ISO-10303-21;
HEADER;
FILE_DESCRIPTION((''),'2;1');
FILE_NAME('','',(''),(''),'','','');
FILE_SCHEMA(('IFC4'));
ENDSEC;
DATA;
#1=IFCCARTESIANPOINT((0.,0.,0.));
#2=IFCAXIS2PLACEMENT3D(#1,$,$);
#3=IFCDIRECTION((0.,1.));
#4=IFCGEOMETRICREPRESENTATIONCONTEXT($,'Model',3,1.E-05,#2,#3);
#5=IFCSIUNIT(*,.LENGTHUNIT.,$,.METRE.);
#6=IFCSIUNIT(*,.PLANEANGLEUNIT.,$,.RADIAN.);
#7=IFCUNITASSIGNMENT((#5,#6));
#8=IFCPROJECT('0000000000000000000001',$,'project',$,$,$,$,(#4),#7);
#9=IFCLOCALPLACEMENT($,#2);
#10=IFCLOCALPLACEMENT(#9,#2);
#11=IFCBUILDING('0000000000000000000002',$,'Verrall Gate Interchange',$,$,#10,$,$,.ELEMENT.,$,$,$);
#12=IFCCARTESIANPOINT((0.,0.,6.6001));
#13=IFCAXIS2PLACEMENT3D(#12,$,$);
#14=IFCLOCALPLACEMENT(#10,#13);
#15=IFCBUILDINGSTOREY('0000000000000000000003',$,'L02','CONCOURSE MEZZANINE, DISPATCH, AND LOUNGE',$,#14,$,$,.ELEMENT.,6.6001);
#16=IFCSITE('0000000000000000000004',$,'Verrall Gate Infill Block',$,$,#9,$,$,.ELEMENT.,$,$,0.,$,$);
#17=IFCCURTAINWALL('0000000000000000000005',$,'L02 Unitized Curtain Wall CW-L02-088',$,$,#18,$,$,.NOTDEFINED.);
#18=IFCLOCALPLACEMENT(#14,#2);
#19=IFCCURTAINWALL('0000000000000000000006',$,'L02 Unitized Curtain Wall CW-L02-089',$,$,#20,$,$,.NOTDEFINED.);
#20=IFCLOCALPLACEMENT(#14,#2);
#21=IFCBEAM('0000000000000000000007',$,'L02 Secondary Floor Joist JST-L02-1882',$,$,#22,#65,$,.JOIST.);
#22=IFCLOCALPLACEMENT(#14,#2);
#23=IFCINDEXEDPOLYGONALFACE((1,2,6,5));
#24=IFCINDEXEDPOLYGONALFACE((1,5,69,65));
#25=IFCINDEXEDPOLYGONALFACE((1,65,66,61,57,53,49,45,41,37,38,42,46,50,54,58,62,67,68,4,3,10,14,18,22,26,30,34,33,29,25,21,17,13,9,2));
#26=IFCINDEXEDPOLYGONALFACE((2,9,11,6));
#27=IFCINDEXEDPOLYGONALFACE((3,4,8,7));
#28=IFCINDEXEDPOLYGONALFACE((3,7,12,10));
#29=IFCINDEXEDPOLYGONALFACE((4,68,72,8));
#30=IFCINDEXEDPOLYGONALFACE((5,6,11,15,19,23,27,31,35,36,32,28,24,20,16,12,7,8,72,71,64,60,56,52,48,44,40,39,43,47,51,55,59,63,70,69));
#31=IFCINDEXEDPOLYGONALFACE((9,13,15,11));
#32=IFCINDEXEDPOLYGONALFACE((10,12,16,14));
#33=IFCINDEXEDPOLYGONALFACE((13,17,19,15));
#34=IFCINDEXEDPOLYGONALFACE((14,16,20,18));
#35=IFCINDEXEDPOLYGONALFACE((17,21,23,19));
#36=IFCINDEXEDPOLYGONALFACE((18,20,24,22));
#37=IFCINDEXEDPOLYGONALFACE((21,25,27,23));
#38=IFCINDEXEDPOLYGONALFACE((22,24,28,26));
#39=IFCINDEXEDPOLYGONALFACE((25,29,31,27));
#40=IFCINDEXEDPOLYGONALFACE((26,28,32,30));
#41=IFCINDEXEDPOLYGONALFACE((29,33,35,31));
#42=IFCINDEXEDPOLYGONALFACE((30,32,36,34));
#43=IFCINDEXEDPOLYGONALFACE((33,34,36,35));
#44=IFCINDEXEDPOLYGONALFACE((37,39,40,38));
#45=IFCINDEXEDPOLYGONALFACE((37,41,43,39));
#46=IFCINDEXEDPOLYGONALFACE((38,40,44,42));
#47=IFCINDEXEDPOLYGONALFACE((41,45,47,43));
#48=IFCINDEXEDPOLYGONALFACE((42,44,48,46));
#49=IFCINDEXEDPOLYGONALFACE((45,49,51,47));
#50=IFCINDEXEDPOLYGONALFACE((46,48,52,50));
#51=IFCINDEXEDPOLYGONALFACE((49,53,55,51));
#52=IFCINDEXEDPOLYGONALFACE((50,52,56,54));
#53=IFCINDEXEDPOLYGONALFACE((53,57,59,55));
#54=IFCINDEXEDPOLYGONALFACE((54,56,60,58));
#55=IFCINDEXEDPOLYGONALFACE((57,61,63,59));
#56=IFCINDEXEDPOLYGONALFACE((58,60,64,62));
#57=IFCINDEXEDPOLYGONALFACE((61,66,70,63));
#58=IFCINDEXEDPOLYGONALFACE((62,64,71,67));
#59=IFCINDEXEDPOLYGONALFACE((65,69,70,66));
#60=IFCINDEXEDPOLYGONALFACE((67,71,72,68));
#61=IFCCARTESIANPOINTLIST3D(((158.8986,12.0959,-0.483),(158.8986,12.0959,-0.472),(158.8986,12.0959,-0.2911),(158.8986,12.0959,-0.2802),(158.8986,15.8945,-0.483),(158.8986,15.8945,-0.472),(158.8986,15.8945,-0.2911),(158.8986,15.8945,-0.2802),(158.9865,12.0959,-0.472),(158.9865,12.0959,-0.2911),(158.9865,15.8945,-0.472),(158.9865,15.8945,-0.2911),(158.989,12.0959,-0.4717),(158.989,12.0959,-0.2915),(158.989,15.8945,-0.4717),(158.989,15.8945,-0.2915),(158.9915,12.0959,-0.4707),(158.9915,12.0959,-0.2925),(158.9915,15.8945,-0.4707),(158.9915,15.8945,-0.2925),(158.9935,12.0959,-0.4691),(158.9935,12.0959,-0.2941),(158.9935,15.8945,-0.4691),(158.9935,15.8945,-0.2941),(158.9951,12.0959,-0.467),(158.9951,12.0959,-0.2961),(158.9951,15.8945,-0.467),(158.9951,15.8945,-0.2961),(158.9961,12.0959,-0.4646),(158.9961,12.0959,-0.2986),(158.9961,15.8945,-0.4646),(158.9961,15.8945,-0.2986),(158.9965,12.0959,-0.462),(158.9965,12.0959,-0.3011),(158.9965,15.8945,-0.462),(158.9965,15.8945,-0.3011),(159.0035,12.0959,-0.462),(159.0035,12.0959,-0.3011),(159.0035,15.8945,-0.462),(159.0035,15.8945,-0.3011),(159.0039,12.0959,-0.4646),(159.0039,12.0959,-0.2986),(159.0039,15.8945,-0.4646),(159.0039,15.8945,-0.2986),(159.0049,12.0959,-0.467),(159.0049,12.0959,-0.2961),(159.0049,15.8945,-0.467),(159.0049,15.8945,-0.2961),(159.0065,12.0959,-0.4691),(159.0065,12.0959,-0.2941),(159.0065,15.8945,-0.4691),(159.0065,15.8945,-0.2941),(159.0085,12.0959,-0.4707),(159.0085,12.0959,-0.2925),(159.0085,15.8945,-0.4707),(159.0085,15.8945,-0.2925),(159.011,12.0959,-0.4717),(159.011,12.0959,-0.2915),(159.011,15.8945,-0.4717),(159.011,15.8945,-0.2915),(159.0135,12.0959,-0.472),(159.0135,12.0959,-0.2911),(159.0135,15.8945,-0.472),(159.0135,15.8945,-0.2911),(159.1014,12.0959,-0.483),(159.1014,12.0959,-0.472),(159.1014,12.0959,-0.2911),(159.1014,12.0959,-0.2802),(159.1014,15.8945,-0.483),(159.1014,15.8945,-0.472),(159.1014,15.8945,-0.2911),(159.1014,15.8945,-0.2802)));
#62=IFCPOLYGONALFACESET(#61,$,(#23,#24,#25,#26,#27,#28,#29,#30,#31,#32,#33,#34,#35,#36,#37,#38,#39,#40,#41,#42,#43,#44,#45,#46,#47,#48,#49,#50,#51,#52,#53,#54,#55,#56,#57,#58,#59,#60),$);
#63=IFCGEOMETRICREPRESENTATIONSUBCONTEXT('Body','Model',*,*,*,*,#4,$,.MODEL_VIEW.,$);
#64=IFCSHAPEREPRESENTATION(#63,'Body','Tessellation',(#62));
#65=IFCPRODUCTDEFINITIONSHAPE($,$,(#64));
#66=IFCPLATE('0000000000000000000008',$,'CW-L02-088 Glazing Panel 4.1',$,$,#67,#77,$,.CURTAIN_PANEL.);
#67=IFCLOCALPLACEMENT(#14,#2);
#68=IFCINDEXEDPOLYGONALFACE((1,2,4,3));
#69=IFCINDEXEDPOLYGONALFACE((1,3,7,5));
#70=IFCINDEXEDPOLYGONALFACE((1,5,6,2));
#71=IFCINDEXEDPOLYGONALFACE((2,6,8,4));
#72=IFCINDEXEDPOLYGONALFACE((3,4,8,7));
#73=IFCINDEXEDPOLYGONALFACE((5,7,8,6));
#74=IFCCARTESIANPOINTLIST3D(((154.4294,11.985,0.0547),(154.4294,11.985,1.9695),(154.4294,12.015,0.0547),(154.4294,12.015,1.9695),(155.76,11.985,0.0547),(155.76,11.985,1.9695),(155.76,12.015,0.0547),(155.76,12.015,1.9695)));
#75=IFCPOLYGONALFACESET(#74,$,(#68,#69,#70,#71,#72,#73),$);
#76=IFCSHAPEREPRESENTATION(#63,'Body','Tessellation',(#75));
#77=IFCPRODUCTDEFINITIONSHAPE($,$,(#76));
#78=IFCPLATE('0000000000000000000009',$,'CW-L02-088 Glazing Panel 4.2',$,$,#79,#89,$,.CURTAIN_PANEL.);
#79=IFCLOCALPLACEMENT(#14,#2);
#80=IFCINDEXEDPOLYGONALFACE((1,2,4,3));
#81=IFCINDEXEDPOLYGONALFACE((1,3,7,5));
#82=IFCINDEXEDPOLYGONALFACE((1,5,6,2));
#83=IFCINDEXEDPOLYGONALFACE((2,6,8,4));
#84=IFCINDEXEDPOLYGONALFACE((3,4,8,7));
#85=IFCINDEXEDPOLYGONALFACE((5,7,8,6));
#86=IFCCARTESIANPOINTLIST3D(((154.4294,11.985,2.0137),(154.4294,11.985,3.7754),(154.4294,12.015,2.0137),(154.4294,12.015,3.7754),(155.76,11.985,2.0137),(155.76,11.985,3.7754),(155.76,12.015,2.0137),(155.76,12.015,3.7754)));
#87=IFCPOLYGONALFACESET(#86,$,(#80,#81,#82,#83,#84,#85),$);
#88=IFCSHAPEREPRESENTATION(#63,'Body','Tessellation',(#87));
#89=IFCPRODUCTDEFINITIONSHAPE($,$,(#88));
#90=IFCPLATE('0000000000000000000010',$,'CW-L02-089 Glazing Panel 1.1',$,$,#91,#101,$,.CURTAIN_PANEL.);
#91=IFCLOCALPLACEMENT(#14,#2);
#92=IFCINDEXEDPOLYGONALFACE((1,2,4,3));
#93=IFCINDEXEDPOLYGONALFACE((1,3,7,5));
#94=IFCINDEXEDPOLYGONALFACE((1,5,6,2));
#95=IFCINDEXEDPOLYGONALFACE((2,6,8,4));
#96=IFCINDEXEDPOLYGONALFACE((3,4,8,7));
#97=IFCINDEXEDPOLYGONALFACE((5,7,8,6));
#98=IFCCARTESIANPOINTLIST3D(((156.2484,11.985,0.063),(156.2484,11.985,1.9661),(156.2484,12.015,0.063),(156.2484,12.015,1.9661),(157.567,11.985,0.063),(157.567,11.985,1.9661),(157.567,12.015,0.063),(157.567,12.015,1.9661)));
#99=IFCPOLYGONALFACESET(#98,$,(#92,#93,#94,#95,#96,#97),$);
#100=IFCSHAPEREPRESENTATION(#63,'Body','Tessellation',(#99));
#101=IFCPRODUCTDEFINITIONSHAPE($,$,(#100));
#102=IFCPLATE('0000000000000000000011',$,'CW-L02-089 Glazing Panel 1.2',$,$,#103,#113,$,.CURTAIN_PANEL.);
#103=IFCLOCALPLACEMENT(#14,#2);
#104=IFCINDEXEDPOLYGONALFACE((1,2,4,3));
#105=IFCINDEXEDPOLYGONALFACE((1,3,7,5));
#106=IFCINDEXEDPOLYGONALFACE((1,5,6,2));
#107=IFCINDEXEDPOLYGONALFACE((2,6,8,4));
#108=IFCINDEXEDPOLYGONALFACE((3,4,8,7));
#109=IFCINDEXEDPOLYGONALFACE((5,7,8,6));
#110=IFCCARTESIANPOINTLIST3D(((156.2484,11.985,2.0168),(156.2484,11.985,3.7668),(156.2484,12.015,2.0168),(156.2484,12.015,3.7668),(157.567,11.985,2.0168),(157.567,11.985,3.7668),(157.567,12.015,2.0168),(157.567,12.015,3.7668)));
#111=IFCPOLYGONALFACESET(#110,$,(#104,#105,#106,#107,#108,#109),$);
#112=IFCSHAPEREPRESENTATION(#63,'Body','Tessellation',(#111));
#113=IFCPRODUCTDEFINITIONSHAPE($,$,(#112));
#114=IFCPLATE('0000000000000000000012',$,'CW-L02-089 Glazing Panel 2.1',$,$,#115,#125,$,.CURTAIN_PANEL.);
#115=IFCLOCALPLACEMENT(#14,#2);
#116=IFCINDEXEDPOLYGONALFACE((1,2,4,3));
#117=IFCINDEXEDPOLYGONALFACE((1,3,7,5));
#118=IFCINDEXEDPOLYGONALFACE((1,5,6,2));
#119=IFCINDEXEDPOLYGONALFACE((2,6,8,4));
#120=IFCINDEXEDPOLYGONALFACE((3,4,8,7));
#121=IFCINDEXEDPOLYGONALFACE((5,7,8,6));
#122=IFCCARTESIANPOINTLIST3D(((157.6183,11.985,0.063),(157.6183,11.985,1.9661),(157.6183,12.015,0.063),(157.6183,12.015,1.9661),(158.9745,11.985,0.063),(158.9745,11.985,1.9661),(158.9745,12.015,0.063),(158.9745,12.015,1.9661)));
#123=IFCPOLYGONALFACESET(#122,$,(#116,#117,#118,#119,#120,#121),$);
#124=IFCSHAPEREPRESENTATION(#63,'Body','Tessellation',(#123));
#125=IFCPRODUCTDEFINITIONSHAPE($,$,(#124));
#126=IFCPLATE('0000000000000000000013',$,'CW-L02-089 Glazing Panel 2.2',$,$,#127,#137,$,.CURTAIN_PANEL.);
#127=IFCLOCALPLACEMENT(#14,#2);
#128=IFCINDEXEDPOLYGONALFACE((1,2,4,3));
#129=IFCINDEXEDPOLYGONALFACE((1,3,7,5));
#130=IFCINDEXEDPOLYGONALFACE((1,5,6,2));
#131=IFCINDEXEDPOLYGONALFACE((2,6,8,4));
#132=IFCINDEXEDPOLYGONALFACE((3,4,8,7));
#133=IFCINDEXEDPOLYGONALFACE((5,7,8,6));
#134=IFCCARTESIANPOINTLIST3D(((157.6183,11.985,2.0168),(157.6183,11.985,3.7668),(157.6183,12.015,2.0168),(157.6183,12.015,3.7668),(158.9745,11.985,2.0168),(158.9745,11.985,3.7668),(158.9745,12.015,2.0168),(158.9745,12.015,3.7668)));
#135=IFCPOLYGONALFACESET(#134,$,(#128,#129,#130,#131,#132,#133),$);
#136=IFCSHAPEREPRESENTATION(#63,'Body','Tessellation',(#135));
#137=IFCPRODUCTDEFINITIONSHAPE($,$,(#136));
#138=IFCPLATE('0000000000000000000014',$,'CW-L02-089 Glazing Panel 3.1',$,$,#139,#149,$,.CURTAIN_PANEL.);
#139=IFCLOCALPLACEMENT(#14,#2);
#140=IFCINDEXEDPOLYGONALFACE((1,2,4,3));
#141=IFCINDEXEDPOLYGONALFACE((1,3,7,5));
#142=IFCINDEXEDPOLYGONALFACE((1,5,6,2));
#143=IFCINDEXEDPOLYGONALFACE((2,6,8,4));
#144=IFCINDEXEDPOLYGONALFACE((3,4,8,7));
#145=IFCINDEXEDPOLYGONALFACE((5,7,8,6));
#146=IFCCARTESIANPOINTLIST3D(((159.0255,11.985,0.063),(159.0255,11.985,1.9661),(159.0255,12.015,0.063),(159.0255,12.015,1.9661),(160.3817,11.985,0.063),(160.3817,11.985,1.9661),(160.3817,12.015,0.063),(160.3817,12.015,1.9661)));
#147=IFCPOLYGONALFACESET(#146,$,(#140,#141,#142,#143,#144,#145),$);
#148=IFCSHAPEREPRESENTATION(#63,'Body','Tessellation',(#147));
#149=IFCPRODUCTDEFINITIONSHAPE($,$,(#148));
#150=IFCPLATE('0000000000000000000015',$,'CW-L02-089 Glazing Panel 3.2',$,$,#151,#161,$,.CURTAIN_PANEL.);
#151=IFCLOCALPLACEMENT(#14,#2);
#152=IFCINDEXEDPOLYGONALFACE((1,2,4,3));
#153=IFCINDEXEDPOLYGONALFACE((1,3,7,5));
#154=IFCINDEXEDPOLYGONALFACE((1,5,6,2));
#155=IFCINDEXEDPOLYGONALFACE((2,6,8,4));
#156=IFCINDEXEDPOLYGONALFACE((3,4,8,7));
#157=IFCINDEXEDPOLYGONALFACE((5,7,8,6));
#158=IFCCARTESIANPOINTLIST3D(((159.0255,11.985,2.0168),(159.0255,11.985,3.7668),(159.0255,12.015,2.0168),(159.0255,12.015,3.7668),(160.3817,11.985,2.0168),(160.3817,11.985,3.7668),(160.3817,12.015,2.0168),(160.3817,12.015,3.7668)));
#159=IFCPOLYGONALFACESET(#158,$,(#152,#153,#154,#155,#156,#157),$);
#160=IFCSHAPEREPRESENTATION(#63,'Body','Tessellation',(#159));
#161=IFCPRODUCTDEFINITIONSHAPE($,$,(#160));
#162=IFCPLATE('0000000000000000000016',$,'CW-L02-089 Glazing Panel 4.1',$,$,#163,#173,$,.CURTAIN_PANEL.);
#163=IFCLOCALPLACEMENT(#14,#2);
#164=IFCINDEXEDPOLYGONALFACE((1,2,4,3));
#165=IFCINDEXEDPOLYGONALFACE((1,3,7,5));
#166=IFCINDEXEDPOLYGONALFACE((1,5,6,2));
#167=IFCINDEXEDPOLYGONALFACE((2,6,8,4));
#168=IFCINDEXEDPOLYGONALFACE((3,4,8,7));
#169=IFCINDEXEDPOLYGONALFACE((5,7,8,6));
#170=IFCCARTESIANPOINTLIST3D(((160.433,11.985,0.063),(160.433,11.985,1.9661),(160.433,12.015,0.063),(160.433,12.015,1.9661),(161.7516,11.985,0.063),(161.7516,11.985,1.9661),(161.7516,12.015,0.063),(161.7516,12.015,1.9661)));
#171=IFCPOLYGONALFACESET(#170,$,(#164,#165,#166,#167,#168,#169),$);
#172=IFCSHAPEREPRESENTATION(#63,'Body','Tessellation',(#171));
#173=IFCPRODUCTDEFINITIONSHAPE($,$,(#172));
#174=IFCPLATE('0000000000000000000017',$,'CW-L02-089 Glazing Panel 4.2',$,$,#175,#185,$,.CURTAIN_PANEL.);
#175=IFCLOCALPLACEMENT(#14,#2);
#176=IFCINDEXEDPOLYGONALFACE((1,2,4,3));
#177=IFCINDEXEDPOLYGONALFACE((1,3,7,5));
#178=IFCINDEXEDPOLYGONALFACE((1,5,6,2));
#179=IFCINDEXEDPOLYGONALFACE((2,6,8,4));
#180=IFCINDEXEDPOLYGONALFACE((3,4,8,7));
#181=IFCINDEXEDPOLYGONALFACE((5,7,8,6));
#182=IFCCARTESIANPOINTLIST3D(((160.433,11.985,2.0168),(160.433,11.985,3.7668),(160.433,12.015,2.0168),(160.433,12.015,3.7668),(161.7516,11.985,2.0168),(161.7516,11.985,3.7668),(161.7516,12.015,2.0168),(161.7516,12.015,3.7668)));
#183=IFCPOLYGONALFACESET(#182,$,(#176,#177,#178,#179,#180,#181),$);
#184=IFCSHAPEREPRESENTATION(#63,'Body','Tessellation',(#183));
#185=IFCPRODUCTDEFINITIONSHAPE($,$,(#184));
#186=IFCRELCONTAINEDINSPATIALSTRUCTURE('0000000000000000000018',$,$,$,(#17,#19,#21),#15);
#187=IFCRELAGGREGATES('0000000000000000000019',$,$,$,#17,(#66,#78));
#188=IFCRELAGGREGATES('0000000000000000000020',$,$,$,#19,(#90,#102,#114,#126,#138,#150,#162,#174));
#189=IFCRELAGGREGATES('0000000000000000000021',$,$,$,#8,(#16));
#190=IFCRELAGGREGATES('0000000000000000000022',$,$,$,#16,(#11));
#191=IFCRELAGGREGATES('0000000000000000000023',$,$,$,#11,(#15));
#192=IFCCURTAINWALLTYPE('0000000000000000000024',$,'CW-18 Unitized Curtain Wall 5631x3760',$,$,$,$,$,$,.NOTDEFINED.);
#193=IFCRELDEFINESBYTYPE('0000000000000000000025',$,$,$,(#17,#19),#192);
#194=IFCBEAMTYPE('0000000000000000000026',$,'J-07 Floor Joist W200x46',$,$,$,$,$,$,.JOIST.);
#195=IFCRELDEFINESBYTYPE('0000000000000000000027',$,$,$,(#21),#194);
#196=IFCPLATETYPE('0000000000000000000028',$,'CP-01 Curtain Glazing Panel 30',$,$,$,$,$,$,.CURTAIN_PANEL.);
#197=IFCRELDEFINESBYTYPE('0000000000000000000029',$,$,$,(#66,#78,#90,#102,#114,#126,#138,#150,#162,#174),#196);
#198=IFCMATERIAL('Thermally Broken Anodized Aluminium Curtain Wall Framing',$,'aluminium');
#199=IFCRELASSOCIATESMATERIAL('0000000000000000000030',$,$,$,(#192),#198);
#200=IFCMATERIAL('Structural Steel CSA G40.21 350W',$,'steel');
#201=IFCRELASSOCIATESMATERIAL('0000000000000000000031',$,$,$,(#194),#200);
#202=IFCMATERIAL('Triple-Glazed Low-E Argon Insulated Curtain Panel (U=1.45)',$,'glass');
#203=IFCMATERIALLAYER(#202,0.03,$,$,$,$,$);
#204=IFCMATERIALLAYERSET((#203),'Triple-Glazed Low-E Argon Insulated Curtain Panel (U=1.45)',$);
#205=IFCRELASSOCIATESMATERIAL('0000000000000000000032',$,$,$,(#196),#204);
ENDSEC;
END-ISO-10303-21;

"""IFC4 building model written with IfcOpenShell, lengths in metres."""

from ifc_helpers import new_model, si_unit, direction, frame, origin, origin_2d, place, context, subcontext, project, spatial, rectangle, i_section, extrude, material, layer, layer_set, material_profile, profile_set, type_object, element, aggregate, save


model = new_model("IFC4")

# Units and contexts
model_context = context("Model", 3, precision=1e-05, world=origin(), true_north=direction((0.0, 1.0)))
body_context = subcontext(model_context, "Body", "Model", "MODEL_VIEW")
ifc_project = project(units=[si_unit("LENGTHUNIT", "METRE"), si_unit("PLANEANGLEUNIT", "RADIAN")], contexts=[model_context])

# Site, building, storey
site_placement = place(None, origin())
site = spatial("IfcSite", under=ifc_project, at=site_placement, Name="Verrall Gate Infill Block", CompositionType="ELEMENT", RefElevation=0.0)
building_placement = place(site_placement, origin())
building = spatial("IfcBuilding", under=site, at=building_placement, Name="Verrall Gate Interchange", CompositionType="ELEMENT")
storey_placement = place(building_placement, frame((0.0, 0.0, 6.6001)))
storey = spatial("IfcBuildingStorey", under=building, at=storey_placement, Name="L02", Description="CONCOURSE MEZZANINE, DISPATCH, AND LOUNGE", CompositionType="ELEMENT", Elevation=6.6001)

# Curtain walls
ifc_material_1 = material(Name="Thermally Broken Anodized Aluminium Curtain Wall Framing", Category="aluminium")
curtain_wall_type_1 = type_object("IfcCurtainWallType", Name="CW-18 Unitized Curtain Wall 5631x3760", PredefinedType="NOTDEFINED", material=ifc_material_1)
curtain_wall_1_placement = place(storey_placement, origin())
curtain_wall_1 = element("IfcCurtainWall", 1, at=curtain_wall_1_placement, inside=storey, type_object=curtain_wall_type_1, Name="L02 Unitized Curtain Wall CW-L02-088", PredefinedType="NOTDEFINED")
curtain_wall_2_placement = place(storey_placement, origin())
curtain_wall_2 = element("IfcCurtainWall", 2, at=curtain_wall_2_placement, inside=storey, type_object=curtain_wall_type_1, Name="L02 Unitized Curtain Wall CW-L02-089", PredefinedType="NOTDEFINED")

# Beam
ifc_material_2 = material(Name="Structural Steel CSA G40.21 350W", Category="steel")
ifc_material_profile_1 = material_profile(ifc_material_2, i_section(OverallWidth=0.2029, OverallDepth=0.2029, WebThickness=0.0071, FlangeThickness=0.011, FilletRadius=0.01, at=origin_2d()), Name="W200x46")
ifc_profile_set_1 = profile_set([ifc_material_profile_1], Name="Structural Steel CSA G40.21 350W")
beam_type_1 = type_object("IfcBeamType", Name="J-07 Floor Joist W200x46", PredefinedType="JOIST", material=ifc_profile_set_1)
beam_1_placement = place(storey_placement, frame((159.0, 12.0959, -0.3816), z_axis=(0.0, 1.0, 0.0), x_axis=(-1.0, 0.0, 0.0)))
element("IfcBeam", 3, at=beam_1_placement, inside=storey, type_object=beam_type_1, Name="L02 Secondary Floor Joist JST-L02-1882", PredefinedType="JOIST", context=body_context, shape_type="SweptSolid", body=[
    extrude(i_section(OverallWidth=0.2029, OverallDepth=0.2029, WebThickness=0.0071, FlangeThickness=0.011, FilletRadius=0.01, at=origin_2d()), origin(), (0.0, 0.0, 1.0), 3.7986),
])

# Plates
ifc_material_3 = material(Name="Triple-Glazed Low-E Argon Insulated Curtain Panel (U=1.45)", Category="glass")
ifc_layer = layer(ifc_material_3, 0.03)
ifc_layer_set = layer_set([ifc_layer], Name="Triple-Glazed Low-E Argon Insulated Curtain Panel (U=1.45)")
plate_type = type_object("IfcPlateType", Name="CP-01 Curtain Glazing Panel 30", PredefinedType="CURTAIN_PANEL", material=ifc_layer_set)
plate_1_placement = place(storey_placement, frame((155.0947, 12.0, 0.0547), z_axis=(0.0, 0.0, 1.0), x_axis=(1.0, 0.0, 0.0)))
plate_1 = element("IfcPlate", 4, at=plate_1_placement, type_object=plate_type, Name="CW-L02-088 Glazing Panel 4.1", PredefinedType="CURTAIN_PANEL", context=body_context, shape_type="SweptSolid", body=[
    extrude(rectangle(XDim=1.3306, YDim=0.03, at=origin_2d()), origin(), (0.0, 0.0, 1.0), 1.9148),
])
plate_2_placement = place(storey_placement, frame((155.0947, 12.0, 2.0137), z_axis=(0.0, 0.0, 1.0), x_axis=(1.0, 0.0, 0.0)))
plate_2 = element("IfcPlate", 5, at=plate_2_placement, type_object=plate_type, Name="CW-L02-088 Glazing Panel 4.2", PredefinedType="CURTAIN_PANEL", context=body_context, shape_type="SweptSolid", body=[
    extrude(rectangle(XDim=1.3306, YDim=0.03, at=origin_2d()), origin(), (0.0, 0.0, 1.0), 1.7617),
])
aggregate(curtain_wall_1, [plate_1, plate_2])
plate_3_placement = place(storey_placement, frame((156.9077, 12.0, 0.063), z_axis=(0.0, 0.0, 1.0), x_axis=(1.0, 0.0, 0.0)))
plate_3 = element("IfcPlate", 6, at=plate_3_placement, type_object=plate_type, Name="CW-L02-089 Glazing Panel 1.1", PredefinedType="CURTAIN_PANEL", context=body_context, shape_type="SweptSolid", body=[
    extrude(rectangle(XDim=1.3186, YDim=0.03, at=origin_2d()), origin(), (0.0, 0.0, 1.0), 1.9031),
])
plate_4_placement = place(storey_placement, frame((156.9077, 12.0, 2.0168), z_axis=(0.0, 0.0, 1.0), x_axis=(1.0, 0.0, 0.0)))
plate_4 = element("IfcPlate", 7, at=plate_4_placement, type_object=plate_type, Name="CW-L02-089 Glazing Panel 1.2", PredefinedType="CURTAIN_PANEL", context=body_context, shape_type="SweptSolid", body=[
    extrude(rectangle(XDim=1.3186, YDim=0.03, at=origin_2d()), origin(), (0.0, 0.0, 1.0), 1.75),
])
plate_5_placement = place(storey_placement, frame((158.2964, 12.0, 0.063), z_axis=(0.0, 0.0, 1.0), x_axis=(1.0, 0.0, 0.0)))
plate_5 = element("IfcPlate", 8, at=plate_5_placement, type_object=plate_type, Name="CW-L02-089 Glazing Panel 2.1", PredefinedType="CURTAIN_PANEL", context=body_context, shape_type="SweptSolid", body=[
    extrude(rectangle(XDim=1.3562, YDim=0.03, at=origin_2d()), origin(), (0.0, 0.0, 1.0), 1.9031),
])
plate_6_placement = place(storey_placement, frame((158.2964, 12.0, 2.0168), z_axis=(0.0, 0.0, 1.0), x_axis=(1.0, 0.0, 0.0)))
plate_6 = element("IfcPlate", 9, at=plate_6_placement, type_object=plate_type, Name="CW-L02-089 Glazing Panel 2.2", PredefinedType="CURTAIN_PANEL", context=body_context, shape_type="SweptSolid", body=[
    extrude(rectangle(XDim=1.3562, YDim=0.03, at=origin_2d()), origin(), (0.0, 0.0, 1.0), 1.75),
])
plate_7_placement = place(storey_placement, frame((159.7036, 12.0, 0.063), z_axis=(0.0, 0.0, 1.0), x_axis=(1.0, 0.0, 0.0)))
plate_7 = element("IfcPlate", 10, at=plate_7_placement, type_object=plate_type, Name="CW-L02-089 Glazing Panel 3.1", PredefinedType="CURTAIN_PANEL", context=body_context, shape_type="SweptSolid", body=[
    extrude(rectangle(XDim=1.3562, YDim=0.03, at=origin_2d()), origin(), (0.0, 0.0, 1.0), 1.9031),
])
plate_8_placement = place(storey_placement, frame((159.7036, 12.0, 2.0168), z_axis=(0.0, 0.0, 1.0), x_axis=(1.0, 0.0, 0.0)))
plate_8 = element("IfcPlate", 11, at=plate_8_placement, type_object=plate_type, Name="CW-L02-089 Glazing Panel 3.2", PredefinedType="CURTAIN_PANEL", context=body_context, shape_type="SweptSolid", body=[
    extrude(rectangle(XDim=1.3562, YDim=0.03, at=origin_2d()), origin(), (0.0, 0.0, 1.0), 1.75),
])
plate_9_placement = place(storey_placement, frame((161.0923, 12.0, 0.063), z_axis=(0.0, 0.0, 1.0), x_axis=(1.0, 0.0, 0.0)))
plate_9 = element("IfcPlate", 12, at=plate_9_placement, type_object=plate_type, Name="CW-L02-089 Glazing Panel 4.1", PredefinedType="CURTAIN_PANEL", context=body_context, shape_type="SweptSolid", body=[
    extrude(rectangle(XDim=1.3186, YDim=0.03, at=origin_2d()), origin(), (0.0, 0.0, 1.0), 1.9031),
])
plate_10_placement = place(storey_placement, frame((161.0923, 12.0, 2.0168), z_axis=(0.0, 0.0, 1.0), x_axis=(1.0, 0.0, 0.0)))
plate_10 = element("IfcPlate", 13, at=plate_10_placement, type_object=plate_type, Name="CW-L02-089 Glazing Panel 4.2", PredefinedType="CURTAIN_PANEL", context=body_context, shape_type="SweptSolid", body=[
    extrude(rectangle(XDim=1.3186, YDim=0.03, at=origin_2d()), origin(), (0.0, 0.0, 1.0), 1.75),
])
aggregate(curtain_wall_2, [plate_3, plate_4, plate_5, plate_6, plate_7, plate_8, plate_9, plate_10])

save(model, "model.ifc")
